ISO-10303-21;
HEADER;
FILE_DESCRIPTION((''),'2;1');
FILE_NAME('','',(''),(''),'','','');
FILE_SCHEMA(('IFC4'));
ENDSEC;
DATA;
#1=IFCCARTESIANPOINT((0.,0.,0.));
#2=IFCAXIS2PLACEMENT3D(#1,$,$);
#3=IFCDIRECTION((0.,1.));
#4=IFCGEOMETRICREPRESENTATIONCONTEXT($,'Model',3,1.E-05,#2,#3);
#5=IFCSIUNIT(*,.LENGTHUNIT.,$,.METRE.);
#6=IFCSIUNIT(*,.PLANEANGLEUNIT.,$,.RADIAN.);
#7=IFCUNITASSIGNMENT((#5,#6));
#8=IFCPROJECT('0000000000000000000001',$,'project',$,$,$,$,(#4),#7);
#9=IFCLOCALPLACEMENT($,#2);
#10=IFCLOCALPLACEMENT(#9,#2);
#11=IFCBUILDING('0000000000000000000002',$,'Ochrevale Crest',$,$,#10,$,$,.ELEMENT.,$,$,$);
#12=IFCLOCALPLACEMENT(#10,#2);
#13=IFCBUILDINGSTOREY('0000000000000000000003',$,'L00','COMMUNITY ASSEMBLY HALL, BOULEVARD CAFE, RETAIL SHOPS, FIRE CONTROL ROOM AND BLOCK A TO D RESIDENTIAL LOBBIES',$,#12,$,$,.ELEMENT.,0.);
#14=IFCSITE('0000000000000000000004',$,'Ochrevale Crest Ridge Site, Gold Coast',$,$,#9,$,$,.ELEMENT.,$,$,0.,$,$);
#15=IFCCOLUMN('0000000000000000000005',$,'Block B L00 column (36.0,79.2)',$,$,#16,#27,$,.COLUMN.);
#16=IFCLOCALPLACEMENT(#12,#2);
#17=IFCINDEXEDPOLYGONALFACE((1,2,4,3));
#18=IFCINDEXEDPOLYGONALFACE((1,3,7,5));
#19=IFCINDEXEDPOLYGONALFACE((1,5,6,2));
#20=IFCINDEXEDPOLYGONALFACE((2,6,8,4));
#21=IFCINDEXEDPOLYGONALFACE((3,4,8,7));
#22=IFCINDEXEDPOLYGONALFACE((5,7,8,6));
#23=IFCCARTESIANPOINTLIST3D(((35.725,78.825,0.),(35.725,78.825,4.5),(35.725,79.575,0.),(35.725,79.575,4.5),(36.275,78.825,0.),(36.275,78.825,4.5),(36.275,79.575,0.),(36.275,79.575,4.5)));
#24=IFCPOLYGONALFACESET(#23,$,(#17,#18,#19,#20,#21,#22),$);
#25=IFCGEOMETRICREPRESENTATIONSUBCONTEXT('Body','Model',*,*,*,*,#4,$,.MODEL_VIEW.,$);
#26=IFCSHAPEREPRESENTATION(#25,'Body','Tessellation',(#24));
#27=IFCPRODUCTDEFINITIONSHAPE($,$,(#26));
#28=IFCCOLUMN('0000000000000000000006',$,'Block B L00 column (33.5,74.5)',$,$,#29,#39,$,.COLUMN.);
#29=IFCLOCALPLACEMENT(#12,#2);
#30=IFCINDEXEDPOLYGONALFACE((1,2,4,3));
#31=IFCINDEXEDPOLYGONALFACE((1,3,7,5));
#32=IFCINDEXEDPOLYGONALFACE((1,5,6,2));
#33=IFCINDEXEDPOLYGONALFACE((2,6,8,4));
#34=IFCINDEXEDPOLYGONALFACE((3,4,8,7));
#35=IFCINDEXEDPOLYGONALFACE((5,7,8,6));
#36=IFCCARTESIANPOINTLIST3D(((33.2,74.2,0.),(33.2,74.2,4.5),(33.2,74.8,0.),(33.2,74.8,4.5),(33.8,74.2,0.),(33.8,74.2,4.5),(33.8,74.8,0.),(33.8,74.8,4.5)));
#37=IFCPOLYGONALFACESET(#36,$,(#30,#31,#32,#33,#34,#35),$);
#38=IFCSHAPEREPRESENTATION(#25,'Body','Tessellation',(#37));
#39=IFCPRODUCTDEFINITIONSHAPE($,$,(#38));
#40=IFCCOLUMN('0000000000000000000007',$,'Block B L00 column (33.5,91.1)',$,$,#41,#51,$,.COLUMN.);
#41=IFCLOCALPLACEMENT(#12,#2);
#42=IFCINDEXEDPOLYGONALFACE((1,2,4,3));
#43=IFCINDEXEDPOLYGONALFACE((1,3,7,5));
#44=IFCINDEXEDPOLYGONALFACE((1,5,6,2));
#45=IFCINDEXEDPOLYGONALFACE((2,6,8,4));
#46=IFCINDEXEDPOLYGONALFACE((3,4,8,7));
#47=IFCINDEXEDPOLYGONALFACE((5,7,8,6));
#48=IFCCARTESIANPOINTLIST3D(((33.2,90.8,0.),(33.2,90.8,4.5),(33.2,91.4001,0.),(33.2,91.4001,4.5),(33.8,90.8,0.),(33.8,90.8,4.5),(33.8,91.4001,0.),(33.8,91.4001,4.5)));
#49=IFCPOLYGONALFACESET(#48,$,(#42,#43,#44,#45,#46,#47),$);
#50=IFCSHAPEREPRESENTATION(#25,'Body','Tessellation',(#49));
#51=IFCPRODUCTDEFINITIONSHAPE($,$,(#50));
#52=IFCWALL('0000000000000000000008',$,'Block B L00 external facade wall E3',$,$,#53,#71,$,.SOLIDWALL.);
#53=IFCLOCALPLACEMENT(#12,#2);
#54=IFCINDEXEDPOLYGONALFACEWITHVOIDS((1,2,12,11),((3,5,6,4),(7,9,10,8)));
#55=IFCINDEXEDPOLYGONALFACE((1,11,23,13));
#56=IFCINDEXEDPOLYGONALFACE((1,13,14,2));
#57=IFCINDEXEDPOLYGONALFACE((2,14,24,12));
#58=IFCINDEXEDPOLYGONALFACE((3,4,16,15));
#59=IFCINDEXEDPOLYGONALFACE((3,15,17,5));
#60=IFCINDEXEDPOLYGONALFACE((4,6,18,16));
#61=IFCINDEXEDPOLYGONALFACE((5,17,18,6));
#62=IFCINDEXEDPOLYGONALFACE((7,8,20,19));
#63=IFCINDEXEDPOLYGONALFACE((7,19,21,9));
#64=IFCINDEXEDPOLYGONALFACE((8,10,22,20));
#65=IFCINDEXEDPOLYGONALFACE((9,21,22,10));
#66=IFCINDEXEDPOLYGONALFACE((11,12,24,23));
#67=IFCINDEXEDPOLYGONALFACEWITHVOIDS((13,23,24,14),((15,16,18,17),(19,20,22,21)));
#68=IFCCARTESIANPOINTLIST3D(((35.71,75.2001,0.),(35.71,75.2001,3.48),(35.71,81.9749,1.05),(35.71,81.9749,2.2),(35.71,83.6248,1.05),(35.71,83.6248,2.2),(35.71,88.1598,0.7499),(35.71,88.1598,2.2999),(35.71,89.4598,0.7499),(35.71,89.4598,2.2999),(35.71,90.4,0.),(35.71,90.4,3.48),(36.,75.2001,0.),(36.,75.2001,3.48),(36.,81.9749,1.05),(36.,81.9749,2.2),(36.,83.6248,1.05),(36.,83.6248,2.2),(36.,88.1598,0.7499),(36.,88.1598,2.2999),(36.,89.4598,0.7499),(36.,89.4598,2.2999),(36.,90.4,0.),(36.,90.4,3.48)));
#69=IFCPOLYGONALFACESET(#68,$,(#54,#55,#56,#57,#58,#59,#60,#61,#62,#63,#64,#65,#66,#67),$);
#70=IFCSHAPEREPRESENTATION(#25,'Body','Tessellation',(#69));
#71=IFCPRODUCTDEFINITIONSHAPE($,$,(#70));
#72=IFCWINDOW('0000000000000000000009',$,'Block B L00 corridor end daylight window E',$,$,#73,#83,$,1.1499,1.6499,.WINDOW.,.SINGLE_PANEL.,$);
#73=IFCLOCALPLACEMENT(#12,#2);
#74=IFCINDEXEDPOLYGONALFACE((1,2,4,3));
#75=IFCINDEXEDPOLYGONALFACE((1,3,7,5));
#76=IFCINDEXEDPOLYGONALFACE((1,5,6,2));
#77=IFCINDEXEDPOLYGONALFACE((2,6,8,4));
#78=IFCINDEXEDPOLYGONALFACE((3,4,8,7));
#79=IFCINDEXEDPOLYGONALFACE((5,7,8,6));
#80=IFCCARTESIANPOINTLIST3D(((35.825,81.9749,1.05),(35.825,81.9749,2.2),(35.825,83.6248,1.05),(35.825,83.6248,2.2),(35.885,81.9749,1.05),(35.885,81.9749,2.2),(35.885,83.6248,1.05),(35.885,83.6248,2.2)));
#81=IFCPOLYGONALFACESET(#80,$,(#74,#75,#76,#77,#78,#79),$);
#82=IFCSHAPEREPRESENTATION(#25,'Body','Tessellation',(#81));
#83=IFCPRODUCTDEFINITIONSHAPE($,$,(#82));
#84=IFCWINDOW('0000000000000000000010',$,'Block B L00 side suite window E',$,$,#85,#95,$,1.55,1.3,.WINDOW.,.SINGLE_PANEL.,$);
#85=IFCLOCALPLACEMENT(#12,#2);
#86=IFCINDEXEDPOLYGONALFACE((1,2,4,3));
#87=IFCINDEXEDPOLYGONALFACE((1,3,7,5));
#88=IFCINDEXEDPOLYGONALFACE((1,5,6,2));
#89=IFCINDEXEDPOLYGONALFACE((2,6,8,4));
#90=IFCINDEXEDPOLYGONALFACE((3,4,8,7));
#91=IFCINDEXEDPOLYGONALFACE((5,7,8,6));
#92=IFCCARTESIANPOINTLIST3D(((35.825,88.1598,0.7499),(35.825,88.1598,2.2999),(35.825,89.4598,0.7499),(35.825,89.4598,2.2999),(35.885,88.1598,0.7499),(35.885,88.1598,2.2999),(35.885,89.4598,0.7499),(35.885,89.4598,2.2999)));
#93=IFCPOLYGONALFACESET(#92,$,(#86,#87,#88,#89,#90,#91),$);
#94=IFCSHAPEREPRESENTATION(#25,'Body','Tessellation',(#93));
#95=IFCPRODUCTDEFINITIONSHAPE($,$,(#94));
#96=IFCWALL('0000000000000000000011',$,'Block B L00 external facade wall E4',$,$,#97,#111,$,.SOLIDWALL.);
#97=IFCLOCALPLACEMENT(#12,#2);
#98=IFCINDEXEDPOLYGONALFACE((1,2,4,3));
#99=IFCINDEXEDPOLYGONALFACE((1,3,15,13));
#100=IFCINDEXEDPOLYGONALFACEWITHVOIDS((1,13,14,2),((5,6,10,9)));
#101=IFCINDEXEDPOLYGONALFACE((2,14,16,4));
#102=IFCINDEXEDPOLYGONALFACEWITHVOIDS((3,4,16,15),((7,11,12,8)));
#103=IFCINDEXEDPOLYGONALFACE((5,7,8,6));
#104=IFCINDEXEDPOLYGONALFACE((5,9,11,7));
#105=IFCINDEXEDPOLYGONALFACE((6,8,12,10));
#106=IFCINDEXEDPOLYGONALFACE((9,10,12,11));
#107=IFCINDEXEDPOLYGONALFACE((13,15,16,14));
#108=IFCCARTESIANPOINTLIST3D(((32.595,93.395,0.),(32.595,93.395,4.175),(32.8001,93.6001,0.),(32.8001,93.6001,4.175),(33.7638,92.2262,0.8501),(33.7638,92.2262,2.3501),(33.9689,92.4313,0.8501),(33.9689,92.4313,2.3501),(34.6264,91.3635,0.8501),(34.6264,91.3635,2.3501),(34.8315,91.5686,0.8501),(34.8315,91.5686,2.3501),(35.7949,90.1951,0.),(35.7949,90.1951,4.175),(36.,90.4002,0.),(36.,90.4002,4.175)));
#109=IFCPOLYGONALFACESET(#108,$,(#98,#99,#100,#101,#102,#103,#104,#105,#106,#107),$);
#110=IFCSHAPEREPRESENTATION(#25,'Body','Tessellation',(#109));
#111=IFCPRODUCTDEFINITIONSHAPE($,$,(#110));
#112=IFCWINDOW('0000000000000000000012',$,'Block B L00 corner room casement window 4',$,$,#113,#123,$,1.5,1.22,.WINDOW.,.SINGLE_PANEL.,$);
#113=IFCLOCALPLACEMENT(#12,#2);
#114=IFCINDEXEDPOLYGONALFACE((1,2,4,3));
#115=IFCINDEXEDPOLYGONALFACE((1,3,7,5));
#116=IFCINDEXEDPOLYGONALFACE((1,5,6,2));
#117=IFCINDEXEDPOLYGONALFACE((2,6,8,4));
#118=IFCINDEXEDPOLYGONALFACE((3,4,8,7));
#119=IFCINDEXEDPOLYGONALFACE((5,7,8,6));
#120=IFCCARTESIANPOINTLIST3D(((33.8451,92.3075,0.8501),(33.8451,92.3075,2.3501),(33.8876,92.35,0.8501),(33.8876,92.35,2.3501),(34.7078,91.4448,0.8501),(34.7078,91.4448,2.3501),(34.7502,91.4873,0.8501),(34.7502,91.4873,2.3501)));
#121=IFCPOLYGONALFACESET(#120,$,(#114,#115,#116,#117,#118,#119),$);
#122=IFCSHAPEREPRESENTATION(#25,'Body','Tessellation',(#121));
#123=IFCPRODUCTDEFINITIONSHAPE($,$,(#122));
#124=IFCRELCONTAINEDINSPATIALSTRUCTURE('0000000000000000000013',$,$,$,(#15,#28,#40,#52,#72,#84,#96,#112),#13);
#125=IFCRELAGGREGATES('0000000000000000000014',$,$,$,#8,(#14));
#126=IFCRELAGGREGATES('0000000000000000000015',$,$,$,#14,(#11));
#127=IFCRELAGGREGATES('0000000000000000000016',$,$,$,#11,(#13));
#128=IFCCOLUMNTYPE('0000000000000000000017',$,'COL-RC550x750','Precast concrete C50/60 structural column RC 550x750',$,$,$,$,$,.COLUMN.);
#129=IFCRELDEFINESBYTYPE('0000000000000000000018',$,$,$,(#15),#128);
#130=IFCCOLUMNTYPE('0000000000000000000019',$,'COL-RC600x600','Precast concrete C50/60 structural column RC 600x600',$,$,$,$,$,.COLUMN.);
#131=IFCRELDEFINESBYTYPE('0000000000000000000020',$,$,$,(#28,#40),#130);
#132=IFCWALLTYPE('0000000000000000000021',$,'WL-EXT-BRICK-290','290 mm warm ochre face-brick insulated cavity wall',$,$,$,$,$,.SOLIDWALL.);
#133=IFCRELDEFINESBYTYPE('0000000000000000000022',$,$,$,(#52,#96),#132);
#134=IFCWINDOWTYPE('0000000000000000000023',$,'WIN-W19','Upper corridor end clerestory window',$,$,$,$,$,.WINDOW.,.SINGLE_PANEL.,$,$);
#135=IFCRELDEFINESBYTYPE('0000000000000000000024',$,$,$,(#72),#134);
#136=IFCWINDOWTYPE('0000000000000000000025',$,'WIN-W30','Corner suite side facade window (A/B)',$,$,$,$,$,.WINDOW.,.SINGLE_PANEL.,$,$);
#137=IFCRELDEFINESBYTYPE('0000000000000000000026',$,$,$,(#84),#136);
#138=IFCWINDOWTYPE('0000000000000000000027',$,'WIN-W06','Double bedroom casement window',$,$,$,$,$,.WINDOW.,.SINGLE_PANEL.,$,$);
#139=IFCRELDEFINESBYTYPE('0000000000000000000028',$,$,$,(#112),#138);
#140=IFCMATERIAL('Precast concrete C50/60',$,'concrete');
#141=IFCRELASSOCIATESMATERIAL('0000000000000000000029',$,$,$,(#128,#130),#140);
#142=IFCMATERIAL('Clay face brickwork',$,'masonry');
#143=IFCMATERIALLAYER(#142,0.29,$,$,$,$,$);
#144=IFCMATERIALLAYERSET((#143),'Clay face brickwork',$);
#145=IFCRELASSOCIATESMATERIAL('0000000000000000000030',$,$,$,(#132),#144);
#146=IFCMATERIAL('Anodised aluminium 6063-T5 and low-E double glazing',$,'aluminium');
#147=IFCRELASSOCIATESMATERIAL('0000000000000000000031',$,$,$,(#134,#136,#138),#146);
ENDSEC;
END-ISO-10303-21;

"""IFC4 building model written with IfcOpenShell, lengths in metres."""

from ifc_helpers import new_model, si_unit, direction, frame, frame_2d, origin, origin_2d, place, context, subcontext, project, spatial, rectangle, extrude, material, layer, layer_set, material_profile, profile_set, type_object, element, fill, save


model = new_model("IFC4")

# Units and contexts
model_context = context("Model", 3, precision=1e-05, world=origin(), true_north=direction((0.0, 1.0)))
body_context = subcontext(model_context, "Body", "Model", "MODEL_VIEW")
ifc_project = project(units=[si_unit("LENGTHUNIT", "METRE"), si_unit("PLANEANGLEUNIT", "RADIAN")], contexts=[model_context])

# Site, building, storey
site_placement = place(None, origin())
site = spatial("IfcSite", under=ifc_project, at=site_placement, Name="Ochrevale Crest Ridge Site, Gold Coast", CompositionType="ELEMENT", RefElevation=0.0)
building_placement = place(site_placement, origin())
building = spatial("IfcBuilding", under=site, at=building_placement, Name="Ochrevale Crest", CompositionType="ELEMENT")
storey_placement = place(building_placement, origin())
storey = spatial("IfcBuildingStorey", under=building, at=storey_placement, Name="L00", Description="COMMUNITY ASSEMBLY HALL, BOULEVARD CAFE, RETAIL SHOPS, FIRE CONTROL ROOM AND BLOCK A TO D RESIDENTIAL LOBBIES", CompositionType="ELEMENT", Elevation=0.0)

# Columns
ifc_material_1 = material(Name="Precast concrete C50/60", Category="concrete")
ifc_material_profile_1 = material_profile(ifc_material_1, rectangle(XDim=0.55, YDim=0.75, at=origin_2d()), Name="RC 550x750")
ifc_profile_set_1 = profile_set([ifc_material_profile_1], Name="Precast concrete C50/60")
column_type_1 = type_object("IfcColumnType", Name="COL-RC550x750", Description="Precast concrete C50/60 structural column RC 550x750", PredefinedType="COLUMN", material=ifc_profile_set_1)
column_placement = place(storey_placement, frame((36.0, 79.2, 0.0), z_axis=(0.0, 0.0, 1.0), x_axis=(1.0, 0.0, 0.0)))
element("IfcColumn", 1, at=column_placement, inside=storey, type_object=column_type_1, Name="Block B L00 column (36.0,79.2)", PredefinedType="COLUMN", context=body_context, shape_type="SweptSolid", body=[
    extrude(rectangle(XDim=0.55, YDim=0.75, at=origin_2d()), origin(), (0.0, 0.0, 1.0), 4.5),
])
ifc_material_profile_2 = material_profile(ifc_material_1, rectangle(XDim=0.6001, YDim=0.6001, at=origin_2d()), Name="RC 600x600")
ifc_profile_set_2 = profile_set([ifc_material_profile_2], Name="Precast concrete C50/60")
column_type_2 = type_object("IfcColumnType", Name="COL-RC600x600", Description="Precast concrete C50/60 structural column RC 600x600", PredefinedType="COLUMN", material=ifc_profile_set_2)
for number, where, z_axis, x_axis, name in (
    (2, (33.5, 74.5, 0.0), (0.0, 0.0, 1.0), (1.0, 0.0, 0.0), "Block B L00 column (33.5,74.5)"),
    (3, (33.5, 91.1001, 0.0), (0.0, 0.0, 1.0), (1.0, 0.0, 0.0), "Block B L00 column (33.5,91.1)"),
):
    element("IfcColumn", number, at=place(storey_placement, frame(where, z_axis=z_axis, x_axis=x_axis)), inside=storey, type_object=column_type_2, Name=name, PredefinedType="COLUMN", context=body_context, shape_type="SweptSolid", body=[
        extrude(rectangle(XDim=0.6001, YDim=0.6001, at=origin_2d()), origin(), (0.0, 0.0, 1.0), 4.5),
    ])

# Wall, openings, windows
ifc_material_2 = material(Name="Clay face brickwork", Category="masonry")
ifc_layer_1 = layer(ifc_material_2, 0.29)
ifc_layer_set_1 = layer_set([ifc_layer_1], Name="Clay face brickwork")
wall_type_1 = type_object("IfcWallType", Name="WL-EXT-BRICK-290", Description="290 mm warm ochre face-brick insulated cavity wall", PredefinedType="SOLIDWALL", material=ifc_layer_set_1)
wall_1_placement = place(storey_placement, frame((35.855, 75.2, 0.0), z_axis=(0.0, 0.0, 1.0), x_axis=(0.0, 1.0, 0.0)))
wall_1 = element("IfcWall", 4, at=wall_1_placement, inside=storey, type_object=wall_type_1, Name="Block B L00 external facade wall E3", PredefinedType="SOLIDWALL", context=body_context, shape_type="SweptSolid", body=[
    extrude(rectangle(XDim=15.2, YDim=0.29, at=frame_2d((7.6001, 0.0))), origin(), (0.0, 0.0, 1.0), 3.48),
])
opening_1_placement = place(wall_1_placement, frame((6.7749, 0.0, 1.05)))
opening_1 = element("IfcOpeningElement", 5, at=opening_1_placement, cuts=wall_1, PredefinedType="OPENING", context=body_context, shape_type="SweptSolid", body=[
    extrude(rectangle(XDim=1.6499, YDim=1.1499, at=frame_2d((0.825, 0.575))), frame((0.0, 0.155, 0.0), z_axis=(0.0, -1.0, 0.0), x_axis=(1.0, 0.0, 0.0)), (0.0, 0.0, 1.0), 0.3101),
])
opening_2_placement = place(wall_1_placement, frame((12.96, 0.0, 0.75)))
opening_2 = element("IfcOpeningElement", 6, at=opening_2_placement, cuts=wall_1, PredefinedType="OPENING", context=body_context, shape_type="SweptSolid", body=[
    extrude(rectangle(XDim=1.3, YDim=1.55, at=frame_2d((0.6499, 0.7749))), frame((0.0, 0.155, 0.0), z_axis=(0.0, -1.0, 0.0), x_axis=(1.0, 0.0, 0.0)), (0.0, 0.0, 1.0), 0.3101),
])
ifc_material_3 = material(Name="Anodised aluminium 6063-T5 and low-E double glazing", Category="aluminium")
window_type_1 = type_object("IfcWindowType", Name="WIN-W19", Description="Upper corridor end clerestory window", PartitioningType="SINGLE_PANEL", PredefinedType="WINDOW", material=ifc_material_3)
window_1_placement = place(opening_1_placement, origin())
window_1 = element("IfcWindow", 7, at=window_1_placement, inside=storey, type_object=window_type_1, Name="Block B L00 corridor end daylight window E", OverallHeight=1.1499, OverallWidth=1.6499, PartitioningType="SINGLE_PANEL", PredefinedType="WINDOW", context=body_context, shape_type="SweptSolid", body=[
    extrude(rectangle(XDim=1.6499, YDim=1.1499, at=frame_2d((0.825, 0.575))), frame((0.0, 0.03, 0.0), z_axis=(0.0, -1.0, 0.0), x_axis=(1.0, 0.0, 0.0)), (0.0, 0.0, 1.0), 0.0601),
])
fill(opening_1, window_1)
window_type_2 = type_object("IfcWindowType", Name="WIN-W30", Description="Corner suite side facade window (A/B)", PartitioningType="SINGLE_PANEL", PredefinedType="WINDOW", material=ifc_material_3)
window_2_placement = place(opening_2_placement, origin())
window_2 = element("IfcWindow", 8, at=window_2_placement, inside=storey, type_object=window_type_2, Name="Block B L00 side suite window E", OverallHeight=1.55, OverallWidth=1.3, PartitioningType="SINGLE_PANEL", PredefinedType="WINDOW", context=body_context, shape_type="SweptSolid", body=[
    extrude(rectangle(XDim=1.3, YDim=1.55, at=frame_2d((0.6499, 0.7749))), frame((0.0, 0.03, 0.0), z_axis=(0.0, -1.0, 0.0), x_axis=(1.0, 0.0, 0.0)), (0.0, 0.0, 1.0), 0.0601),
])
fill(opening_2, window_2)

# Wall, opening, window
wall_2_placement = place(storey_placement, frame((35.8975, 90.2976, 0.0), z_axis=(0.0, 0.0, 1.0), x_axis=(-0.707107, 0.707107, 0.0)))
wall_2 = element("IfcWall", 9, at=wall_2_placement, inside=storey, type_object=wall_type_1, Name="Block B L00 external facade wall E4", PredefinedType="SOLIDWALL", context=body_context, shape_type="SweptSolid", body=[
    extrude(rectangle(XDim=4.5254, YDim=0.29, at=frame_2d((2.2627, 0.0))), origin(), (0.0, 0.0, 1.0), 4.175),
])
opening_3_placement = place(wall_2_placement, frame((1.6526, 0.0, 0.8501)))
opening_3 = element("IfcOpeningElement", 10, at=opening_3_placement, cuts=wall_2, PredefinedType="OPENING", context=body_context, shape_type="SweptSolid", body=[
    extrude(rectangle(XDim=1.22, YDim=1.5, at=frame_2d((0.6099, 0.75))), frame((0.0, 0.155, 0.0), z_axis=(0.0, -1.0, 0.0), x_axis=(1.0, 0.0, 0.0)), (0.0, 0.0, 1.0), 0.3101),
])
window_type_3 = type_object("IfcWindowType", Name="WIN-W06", Description="Double bedroom casement window", PartitioningType="SINGLE_PANEL", PredefinedType="WINDOW", material=ifc_material_3)
window_3_placement = place(opening_3_placement, origin())
window_3 = element("IfcWindow", 11, at=window_3_placement, inside=storey, type_object=window_type_3, Name="Block B L00 corner room casement window 4", OverallHeight=1.5, OverallWidth=1.22, PartitioningType="SINGLE_PANEL", PredefinedType="WINDOW", context=body_context, shape_type="SweptSolid", body=[
    extrude(rectangle(XDim=1.22, YDim=1.5, at=frame_2d((0.6099, 0.75))), frame((0.0, 0.03, 0.0), z_axis=(0.0, -1.0, 0.0), x_axis=(1.0, 0.0, 0.0)), (0.0, 0.0, 1.0), 0.0601),
])
fill(opening_3, window_3)

save(model, "model.ifc")
